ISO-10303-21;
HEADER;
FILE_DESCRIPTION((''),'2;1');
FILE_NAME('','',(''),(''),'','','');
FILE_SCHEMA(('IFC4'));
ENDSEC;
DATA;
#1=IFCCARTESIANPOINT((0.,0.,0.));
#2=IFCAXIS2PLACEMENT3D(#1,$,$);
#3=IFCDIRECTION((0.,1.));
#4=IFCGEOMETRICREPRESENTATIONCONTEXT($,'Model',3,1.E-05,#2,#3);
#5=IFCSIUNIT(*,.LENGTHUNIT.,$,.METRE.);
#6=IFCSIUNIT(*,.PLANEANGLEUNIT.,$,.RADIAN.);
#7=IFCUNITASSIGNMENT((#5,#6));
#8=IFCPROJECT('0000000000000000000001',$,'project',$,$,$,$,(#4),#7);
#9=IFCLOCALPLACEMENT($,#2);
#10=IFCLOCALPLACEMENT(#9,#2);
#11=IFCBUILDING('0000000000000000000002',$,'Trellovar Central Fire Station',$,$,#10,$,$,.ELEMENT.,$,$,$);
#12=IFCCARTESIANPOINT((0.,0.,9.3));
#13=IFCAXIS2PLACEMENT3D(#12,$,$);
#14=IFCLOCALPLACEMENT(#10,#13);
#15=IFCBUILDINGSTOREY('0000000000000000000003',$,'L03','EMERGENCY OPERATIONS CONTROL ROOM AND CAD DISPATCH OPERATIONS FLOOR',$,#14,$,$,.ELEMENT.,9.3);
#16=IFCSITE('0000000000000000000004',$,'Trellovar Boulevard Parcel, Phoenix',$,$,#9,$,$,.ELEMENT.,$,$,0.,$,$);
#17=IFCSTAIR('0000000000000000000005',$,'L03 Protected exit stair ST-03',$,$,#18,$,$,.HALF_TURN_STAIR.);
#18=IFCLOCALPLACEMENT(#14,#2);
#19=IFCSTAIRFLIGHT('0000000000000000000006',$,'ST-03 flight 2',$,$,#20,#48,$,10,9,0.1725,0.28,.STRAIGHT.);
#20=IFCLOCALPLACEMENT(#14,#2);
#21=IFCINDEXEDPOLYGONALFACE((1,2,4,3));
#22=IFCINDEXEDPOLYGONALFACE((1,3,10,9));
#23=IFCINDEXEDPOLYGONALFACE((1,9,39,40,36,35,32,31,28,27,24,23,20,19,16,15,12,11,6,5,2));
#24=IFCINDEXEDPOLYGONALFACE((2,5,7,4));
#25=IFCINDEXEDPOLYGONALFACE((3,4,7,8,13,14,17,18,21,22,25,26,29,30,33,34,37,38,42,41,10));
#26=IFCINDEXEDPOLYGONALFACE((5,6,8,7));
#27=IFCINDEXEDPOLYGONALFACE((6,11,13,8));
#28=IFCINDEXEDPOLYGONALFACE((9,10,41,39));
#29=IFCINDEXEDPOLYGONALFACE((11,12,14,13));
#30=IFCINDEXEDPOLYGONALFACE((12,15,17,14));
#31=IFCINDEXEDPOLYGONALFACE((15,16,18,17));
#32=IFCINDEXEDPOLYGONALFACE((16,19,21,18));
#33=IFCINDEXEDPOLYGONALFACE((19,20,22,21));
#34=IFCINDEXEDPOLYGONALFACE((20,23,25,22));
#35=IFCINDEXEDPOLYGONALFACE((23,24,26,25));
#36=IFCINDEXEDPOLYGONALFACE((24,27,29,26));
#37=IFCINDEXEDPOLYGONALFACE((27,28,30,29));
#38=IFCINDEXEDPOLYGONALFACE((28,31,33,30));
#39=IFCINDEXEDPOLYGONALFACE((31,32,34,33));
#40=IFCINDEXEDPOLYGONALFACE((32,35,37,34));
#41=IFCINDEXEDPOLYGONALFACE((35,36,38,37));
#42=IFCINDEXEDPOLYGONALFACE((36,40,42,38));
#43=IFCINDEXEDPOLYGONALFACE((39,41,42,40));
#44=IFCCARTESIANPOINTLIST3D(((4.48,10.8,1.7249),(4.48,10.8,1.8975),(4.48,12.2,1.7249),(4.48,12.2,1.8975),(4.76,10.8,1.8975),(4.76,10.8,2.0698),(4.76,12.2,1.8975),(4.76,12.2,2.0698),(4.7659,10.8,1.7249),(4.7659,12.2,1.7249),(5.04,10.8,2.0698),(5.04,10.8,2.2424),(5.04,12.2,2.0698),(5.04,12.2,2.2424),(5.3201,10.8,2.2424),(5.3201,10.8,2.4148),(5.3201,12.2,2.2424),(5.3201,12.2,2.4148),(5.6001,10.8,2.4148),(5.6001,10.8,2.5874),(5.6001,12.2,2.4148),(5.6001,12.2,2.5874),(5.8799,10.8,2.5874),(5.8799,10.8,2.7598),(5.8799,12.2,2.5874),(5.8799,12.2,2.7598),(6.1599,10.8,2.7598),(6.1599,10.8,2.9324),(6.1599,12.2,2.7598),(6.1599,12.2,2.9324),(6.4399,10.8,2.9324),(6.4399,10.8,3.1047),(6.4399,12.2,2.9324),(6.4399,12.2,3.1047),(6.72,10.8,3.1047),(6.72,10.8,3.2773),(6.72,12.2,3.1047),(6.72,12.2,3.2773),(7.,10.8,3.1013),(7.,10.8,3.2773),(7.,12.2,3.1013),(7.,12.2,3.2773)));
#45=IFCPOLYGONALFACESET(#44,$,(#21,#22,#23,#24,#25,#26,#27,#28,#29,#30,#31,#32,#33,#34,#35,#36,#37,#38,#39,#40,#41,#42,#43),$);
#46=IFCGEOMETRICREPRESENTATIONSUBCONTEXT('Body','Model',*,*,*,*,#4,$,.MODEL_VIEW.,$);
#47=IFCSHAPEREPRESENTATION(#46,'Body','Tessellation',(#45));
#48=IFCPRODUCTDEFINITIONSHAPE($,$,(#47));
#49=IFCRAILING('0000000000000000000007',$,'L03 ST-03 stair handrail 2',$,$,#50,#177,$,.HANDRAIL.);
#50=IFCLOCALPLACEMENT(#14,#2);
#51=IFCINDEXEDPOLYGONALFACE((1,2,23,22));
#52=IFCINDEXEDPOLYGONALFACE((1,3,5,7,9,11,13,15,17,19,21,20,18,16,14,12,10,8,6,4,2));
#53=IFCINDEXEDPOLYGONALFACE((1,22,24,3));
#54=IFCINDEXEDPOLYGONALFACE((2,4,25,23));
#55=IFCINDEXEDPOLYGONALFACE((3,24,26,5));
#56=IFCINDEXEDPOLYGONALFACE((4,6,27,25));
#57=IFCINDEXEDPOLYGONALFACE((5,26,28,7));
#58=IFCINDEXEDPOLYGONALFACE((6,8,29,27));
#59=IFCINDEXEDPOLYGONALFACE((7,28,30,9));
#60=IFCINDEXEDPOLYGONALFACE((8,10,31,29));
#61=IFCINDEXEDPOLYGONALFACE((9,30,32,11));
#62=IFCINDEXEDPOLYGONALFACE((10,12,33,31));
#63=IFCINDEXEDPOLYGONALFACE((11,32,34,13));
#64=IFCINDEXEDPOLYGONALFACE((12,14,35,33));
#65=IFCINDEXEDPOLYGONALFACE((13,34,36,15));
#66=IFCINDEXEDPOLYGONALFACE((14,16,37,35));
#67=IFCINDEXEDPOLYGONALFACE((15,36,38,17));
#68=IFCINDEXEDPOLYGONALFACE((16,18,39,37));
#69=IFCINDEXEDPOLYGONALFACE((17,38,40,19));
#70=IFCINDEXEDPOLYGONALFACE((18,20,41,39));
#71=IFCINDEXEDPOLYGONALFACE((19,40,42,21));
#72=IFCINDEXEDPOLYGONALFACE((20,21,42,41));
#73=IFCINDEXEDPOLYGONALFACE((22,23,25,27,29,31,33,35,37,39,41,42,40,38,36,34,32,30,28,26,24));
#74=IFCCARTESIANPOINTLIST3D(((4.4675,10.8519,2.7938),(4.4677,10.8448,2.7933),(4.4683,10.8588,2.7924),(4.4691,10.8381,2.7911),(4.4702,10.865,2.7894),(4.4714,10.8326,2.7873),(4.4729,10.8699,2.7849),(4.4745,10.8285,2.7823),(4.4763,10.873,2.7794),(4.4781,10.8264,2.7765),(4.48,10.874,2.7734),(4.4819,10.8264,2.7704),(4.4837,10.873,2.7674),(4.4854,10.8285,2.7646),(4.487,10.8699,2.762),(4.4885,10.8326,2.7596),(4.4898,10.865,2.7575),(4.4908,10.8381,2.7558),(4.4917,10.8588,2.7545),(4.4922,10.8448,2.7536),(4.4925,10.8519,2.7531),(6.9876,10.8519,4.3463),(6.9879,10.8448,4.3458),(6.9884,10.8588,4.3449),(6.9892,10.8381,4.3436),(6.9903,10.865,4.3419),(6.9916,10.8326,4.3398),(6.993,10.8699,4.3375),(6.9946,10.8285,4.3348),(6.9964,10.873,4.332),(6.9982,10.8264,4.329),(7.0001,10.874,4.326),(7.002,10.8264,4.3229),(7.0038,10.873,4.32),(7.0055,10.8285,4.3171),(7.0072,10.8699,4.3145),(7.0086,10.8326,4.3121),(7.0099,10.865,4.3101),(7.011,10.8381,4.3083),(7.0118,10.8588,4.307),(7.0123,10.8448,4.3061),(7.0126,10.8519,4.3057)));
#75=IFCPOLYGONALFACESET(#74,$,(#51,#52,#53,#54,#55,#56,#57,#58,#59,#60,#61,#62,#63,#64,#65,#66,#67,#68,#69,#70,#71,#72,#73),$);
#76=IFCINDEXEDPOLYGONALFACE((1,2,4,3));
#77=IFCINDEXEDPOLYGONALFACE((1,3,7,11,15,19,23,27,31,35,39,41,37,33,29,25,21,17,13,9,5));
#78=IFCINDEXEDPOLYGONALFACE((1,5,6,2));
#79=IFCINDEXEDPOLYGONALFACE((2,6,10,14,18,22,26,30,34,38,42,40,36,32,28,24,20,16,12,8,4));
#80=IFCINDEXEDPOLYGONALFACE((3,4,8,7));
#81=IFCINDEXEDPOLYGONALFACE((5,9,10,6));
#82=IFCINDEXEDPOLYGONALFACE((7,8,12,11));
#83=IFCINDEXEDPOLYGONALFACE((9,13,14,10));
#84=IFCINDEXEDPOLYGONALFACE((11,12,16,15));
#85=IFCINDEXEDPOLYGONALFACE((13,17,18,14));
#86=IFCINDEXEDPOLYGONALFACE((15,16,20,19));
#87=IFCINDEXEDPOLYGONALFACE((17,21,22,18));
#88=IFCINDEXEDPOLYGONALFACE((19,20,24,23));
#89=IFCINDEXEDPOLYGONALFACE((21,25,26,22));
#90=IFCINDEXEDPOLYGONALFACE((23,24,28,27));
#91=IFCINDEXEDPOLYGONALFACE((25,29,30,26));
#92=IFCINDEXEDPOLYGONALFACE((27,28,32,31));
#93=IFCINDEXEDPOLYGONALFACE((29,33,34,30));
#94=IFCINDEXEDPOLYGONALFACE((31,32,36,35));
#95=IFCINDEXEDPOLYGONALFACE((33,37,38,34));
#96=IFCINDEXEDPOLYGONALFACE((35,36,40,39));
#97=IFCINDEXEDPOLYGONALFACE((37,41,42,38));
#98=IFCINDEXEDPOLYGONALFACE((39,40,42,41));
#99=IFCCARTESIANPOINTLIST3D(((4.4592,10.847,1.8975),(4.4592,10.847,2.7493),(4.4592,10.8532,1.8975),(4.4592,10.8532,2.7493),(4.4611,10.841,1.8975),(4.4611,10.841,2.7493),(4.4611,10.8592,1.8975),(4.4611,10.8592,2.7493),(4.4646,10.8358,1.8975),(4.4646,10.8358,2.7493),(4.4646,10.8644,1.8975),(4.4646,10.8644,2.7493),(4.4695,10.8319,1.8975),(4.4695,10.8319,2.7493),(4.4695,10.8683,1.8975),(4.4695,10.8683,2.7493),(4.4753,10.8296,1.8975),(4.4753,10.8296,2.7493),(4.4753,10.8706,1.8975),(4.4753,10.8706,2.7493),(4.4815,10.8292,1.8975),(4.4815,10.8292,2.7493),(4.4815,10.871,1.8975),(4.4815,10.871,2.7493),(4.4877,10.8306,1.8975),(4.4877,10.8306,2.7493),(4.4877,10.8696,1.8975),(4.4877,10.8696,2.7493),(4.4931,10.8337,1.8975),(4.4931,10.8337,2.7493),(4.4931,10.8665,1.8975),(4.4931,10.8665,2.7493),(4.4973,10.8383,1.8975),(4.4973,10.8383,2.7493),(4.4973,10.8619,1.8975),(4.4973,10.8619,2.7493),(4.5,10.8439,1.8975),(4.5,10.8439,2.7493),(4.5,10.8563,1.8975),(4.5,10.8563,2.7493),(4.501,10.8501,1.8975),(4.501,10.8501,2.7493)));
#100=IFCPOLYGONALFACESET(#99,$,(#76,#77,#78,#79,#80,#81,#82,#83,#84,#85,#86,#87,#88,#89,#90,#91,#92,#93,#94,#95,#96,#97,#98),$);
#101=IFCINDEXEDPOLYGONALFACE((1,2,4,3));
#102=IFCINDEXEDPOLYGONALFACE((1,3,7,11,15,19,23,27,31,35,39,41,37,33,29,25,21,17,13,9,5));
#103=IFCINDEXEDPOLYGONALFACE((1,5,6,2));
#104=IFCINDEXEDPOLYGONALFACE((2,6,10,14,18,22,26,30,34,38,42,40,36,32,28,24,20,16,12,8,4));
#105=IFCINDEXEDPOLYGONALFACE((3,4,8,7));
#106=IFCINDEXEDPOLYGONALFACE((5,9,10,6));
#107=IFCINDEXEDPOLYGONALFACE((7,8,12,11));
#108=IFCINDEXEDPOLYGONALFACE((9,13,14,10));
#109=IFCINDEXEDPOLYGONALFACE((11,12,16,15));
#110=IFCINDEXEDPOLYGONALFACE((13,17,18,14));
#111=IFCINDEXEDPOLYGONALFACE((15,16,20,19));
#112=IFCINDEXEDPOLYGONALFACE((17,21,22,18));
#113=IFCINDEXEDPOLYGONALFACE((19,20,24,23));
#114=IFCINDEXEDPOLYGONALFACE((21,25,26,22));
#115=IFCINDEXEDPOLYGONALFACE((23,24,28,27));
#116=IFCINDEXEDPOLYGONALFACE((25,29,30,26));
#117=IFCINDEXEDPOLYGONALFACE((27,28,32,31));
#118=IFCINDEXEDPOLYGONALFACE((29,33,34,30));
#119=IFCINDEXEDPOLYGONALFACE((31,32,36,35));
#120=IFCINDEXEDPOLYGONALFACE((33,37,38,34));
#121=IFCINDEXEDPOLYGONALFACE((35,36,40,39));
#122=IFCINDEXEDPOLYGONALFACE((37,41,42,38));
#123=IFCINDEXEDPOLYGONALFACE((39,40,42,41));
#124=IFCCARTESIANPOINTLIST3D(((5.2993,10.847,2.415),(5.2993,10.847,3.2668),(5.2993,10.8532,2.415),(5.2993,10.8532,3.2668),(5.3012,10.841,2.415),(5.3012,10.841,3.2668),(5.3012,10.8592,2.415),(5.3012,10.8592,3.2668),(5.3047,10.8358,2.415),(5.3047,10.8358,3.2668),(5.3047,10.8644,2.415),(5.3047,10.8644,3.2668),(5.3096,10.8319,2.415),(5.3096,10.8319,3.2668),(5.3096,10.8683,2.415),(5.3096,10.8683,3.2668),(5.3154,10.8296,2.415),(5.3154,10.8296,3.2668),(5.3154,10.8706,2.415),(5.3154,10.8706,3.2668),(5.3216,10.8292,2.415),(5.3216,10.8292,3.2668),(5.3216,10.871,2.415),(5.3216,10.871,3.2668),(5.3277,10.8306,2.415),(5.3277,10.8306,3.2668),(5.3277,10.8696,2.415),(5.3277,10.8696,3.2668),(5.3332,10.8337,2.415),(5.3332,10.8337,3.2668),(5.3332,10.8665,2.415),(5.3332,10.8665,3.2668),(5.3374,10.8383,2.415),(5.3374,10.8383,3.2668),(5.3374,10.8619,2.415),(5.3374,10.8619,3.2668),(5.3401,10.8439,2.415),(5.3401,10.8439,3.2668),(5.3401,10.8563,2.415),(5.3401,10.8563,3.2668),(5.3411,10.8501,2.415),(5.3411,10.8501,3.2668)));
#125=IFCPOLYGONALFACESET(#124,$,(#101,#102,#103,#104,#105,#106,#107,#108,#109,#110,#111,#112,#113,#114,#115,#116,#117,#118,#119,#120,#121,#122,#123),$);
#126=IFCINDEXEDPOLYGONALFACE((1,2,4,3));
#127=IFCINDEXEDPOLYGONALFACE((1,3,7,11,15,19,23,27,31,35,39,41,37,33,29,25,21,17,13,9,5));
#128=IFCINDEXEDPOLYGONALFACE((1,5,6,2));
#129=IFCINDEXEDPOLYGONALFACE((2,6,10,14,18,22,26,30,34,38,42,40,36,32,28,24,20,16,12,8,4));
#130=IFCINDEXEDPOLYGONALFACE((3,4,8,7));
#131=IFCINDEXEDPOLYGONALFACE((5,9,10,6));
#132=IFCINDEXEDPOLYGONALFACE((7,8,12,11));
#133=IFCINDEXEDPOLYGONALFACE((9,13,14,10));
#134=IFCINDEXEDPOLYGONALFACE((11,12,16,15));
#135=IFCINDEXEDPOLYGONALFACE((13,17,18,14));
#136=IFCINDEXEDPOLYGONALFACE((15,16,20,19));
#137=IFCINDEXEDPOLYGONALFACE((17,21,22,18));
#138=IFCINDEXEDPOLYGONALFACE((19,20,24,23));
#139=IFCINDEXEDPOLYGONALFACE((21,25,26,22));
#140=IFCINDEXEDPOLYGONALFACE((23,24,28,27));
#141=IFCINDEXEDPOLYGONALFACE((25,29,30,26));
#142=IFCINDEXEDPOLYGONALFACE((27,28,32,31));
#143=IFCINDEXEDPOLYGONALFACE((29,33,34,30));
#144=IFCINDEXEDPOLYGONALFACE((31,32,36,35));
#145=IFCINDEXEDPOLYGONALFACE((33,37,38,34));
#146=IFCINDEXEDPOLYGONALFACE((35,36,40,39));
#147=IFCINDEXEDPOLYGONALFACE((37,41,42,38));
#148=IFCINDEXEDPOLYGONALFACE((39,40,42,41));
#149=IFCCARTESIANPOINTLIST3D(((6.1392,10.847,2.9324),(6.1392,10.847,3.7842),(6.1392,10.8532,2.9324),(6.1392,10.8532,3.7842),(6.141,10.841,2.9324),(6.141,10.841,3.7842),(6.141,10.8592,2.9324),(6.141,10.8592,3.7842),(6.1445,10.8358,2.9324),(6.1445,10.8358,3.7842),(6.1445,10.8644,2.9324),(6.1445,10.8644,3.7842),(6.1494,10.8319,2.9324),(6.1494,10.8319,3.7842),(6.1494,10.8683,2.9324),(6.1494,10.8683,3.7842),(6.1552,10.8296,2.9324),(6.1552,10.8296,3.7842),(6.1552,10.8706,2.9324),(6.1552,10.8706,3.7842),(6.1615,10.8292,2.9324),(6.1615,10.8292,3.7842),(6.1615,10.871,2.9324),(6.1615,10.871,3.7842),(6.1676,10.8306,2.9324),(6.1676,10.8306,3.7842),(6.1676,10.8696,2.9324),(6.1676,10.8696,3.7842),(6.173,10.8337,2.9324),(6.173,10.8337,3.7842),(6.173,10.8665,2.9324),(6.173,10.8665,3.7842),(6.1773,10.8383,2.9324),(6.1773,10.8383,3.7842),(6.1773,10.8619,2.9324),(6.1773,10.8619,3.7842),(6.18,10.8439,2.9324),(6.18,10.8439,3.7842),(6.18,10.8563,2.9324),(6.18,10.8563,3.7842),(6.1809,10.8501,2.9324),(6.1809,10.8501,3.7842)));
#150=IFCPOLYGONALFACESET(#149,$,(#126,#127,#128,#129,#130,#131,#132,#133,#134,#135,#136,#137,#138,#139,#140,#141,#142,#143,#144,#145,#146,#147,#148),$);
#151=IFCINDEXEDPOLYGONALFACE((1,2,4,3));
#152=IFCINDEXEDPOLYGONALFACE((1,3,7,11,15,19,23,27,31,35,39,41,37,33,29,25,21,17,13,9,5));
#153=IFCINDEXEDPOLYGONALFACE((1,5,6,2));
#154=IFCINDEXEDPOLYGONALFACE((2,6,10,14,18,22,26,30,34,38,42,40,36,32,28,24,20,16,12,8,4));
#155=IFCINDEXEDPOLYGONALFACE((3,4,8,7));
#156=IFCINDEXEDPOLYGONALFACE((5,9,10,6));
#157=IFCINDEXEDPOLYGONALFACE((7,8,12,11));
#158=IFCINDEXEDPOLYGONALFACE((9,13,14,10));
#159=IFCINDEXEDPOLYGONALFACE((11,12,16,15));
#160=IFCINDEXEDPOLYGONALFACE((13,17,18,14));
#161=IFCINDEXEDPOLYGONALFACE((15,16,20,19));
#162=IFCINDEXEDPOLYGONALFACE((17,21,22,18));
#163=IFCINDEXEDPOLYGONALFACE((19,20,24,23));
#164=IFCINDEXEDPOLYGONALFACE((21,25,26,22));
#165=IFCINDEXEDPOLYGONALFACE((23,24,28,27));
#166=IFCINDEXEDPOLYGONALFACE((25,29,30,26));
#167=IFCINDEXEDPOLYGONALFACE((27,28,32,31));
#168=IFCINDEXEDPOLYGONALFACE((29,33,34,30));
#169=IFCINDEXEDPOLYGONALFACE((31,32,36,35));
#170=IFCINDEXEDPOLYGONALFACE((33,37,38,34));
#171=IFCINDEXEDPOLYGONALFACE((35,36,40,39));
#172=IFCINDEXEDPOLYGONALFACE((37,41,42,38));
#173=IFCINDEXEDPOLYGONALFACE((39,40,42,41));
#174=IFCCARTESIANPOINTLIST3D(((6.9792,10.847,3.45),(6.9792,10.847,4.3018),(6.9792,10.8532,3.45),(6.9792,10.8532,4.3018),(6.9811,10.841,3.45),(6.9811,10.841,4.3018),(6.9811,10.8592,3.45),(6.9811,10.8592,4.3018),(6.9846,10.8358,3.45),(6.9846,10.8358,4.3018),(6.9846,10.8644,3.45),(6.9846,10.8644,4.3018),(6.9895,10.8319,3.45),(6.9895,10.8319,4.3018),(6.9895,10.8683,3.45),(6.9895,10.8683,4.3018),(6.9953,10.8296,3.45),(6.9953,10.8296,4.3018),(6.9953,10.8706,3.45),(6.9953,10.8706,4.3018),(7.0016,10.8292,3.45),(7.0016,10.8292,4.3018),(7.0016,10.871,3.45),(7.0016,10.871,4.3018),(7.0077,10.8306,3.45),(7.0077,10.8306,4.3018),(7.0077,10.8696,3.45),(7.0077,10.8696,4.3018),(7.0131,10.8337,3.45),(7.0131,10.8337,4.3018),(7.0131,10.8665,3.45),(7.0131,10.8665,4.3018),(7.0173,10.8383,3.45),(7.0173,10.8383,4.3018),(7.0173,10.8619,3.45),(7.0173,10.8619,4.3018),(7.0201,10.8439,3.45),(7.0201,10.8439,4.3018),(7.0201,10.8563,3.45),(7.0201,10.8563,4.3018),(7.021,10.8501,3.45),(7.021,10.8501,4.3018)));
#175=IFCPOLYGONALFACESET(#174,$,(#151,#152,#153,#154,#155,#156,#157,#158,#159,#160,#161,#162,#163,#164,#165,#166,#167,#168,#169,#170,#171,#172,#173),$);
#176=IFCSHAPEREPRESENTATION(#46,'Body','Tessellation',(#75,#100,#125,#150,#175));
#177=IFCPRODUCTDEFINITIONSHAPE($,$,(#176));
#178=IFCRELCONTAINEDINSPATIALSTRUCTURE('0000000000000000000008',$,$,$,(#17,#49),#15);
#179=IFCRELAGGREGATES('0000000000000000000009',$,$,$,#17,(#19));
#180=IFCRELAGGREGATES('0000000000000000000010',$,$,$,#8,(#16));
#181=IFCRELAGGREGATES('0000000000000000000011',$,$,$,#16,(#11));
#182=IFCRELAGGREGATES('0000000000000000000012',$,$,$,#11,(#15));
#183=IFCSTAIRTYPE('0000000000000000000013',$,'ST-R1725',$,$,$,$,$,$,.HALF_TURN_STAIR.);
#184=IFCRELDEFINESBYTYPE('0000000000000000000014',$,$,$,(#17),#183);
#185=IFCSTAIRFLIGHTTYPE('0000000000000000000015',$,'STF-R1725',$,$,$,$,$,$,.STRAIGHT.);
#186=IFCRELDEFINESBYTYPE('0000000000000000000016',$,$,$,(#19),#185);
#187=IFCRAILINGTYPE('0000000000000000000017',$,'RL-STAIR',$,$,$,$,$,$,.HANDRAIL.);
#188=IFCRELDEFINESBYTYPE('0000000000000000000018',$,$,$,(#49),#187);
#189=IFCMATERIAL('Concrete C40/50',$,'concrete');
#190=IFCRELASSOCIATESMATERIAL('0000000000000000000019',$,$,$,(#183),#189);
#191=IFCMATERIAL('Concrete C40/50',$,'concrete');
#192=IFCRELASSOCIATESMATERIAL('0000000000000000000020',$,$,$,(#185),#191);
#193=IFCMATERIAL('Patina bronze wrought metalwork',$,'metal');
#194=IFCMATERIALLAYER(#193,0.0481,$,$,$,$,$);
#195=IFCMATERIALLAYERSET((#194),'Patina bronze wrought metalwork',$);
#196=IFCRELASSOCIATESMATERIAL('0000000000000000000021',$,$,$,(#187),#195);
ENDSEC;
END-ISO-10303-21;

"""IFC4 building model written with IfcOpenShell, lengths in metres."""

from ifc_helpers import new_model, si_unit, direction, frame, origin, origin_2d, place, context, subcontext, project, spatial, polyline, circle, outline, extrude, material, layer, layer_set, type_object, element, aggregate, save


model = new_model("IFC4")

# Units and contexts
model_context = context("Model", 3, precision=1e-05, world=origin(), true_north=direction((0.0, 1.0)))
body_context = subcontext(model_context, "Body", "Model", "MODEL_VIEW")
ifc_project = project(units=[si_unit("LENGTHUNIT", "METRE"), si_unit("PLANEANGLEUNIT", "RADIAN")], contexts=[model_context])

# Site, building, storey
site_placement = place(None, origin())
site = spatial("IfcSite", under=ifc_project, at=site_placement, Name="Trellovar Boulevard Parcel, Phoenix", CompositionType="ELEMENT", RefElevation=0.0)
building_placement = place(site_placement, origin())
building = spatial("IfcBuilding", under=site, at=building_placement, Name="Trellovar Central Fire Station", CompositionType="ELEMENT")
storey_placement = place(building_placement, frame((0.0, 0.0, 9.3)))
storey = spatial("IfcBuildingStorey", under=building, at=storey_placement, Name="L03", Description="EMERGENCY OPERATIONS CONTROL ROOM AND CAD DISPATCH OPERATIONS FLOOR", CompositionType="ELEMENT", Elevation=9.3)

# Stair, stair flight
ifc_material_1 = material(Name="Concrete C40/50", Category="concrete")
stair_type = type_object("IfcStairType", Name="ST-R1725", PredefinedType="HALF_TURN_STAIR", material=ifc_material_1)
stair_placement = place(storey_placement, origin())
stair = element("IfcStair", 1, at=stair_placement, inside=storey, type_object=stair_type, Name="L03 Protected exit stair ST-03", PredefinedType="HALF_TURN_STAIR")
ifc_material_2 = material(Name="Concrete C40/50", Category="concrete")
stair_flight_type = type_object("IfcStairFlightType", Name="STF-R1725", PredefinedType="STRAIGHT", material=ifc_material_2)
stair_flight_1_placement = place(storey_placement, frame((4.48, 11.5, 1.7249), z_axis=(0.0, 0.0, 1.0), x_axis=(1.0, 0.0, 0.0)))
stair_flight_1 = element("IfcStairFlight", 2, at=stair_flight_1_placement, type_object=stair_flight_type, Name="ST-03 flight 2", NumberOfRisers=10, NumberOfTreads=9, PredefinedType="STRAIGHT", RiserHeight=0.1725, TreadLength=0.28, context=body_context, shape_type="SweptSolid", body=[
    extrude(outline(polyline([(0.0, 0.0), (0.0, 0.1726), (0.28, 0.1726), (0.28, 0.345), (0.5601, 0.345), (0.5601, 0.5176), (0.8401, 0.5176), (0.8401, 0.6899), (1.1201, 0.6899), (1.1201, 0.8625), (1.3999, 0.8625), (1.3999, 1.0349), (1.6799, 1.0349), (1.6799, 1.2075), (1.96, 1.2075), (1.96, 1.3799), (2.24, 1.3799), (2.24, 1.5525), (2.52, 1.5525), (2.52, 1.7251), (2.52, 1.3765), (0.2859, 0.0), (0.0, 0.0)])), frame((0.0, 0.7, 0.0), z_axis=(0.0, -1.0, 0.0), x_axis=(1.0, 0.0, 0.0)), (0.0, 0.0, 1.0), 1.3999),
])
aggregate(stair, [stair_flight_1])

# Railing
ifc_material_3 = material(Name="Patina bronze wrought metalwork", Category="metal")
ifc_layer_1 = layer(ifc_material_3, 0.0481)
ifc_layer_set_1 = layer_set([ifc_layer_1], Name="Patina bronze wrought metalwork")
railing_type_1 = type_object("IfcRailingType", Name="RL-STAIR", PredefinedType="HANDRAIL", material=ifc_layer_set_1)
railing_1_placement = place(storey_placement, frame((4.48, 10.8501, 1.8975)))
element("IfcRailing", 3, at=railing_1_placement, inside=storey, type_object=railing_type_1, Name="L03 ST-03 stair handrail 2", PredefinedType="HANDRAIL", context=body_context, shape_type="SweptSolid", body=[
    extrude(circle(Radius=0.0239, at=origin_2d()), frame((0.0, 0.0, 0.876), z_axis=(0.8514, 0.0, 0.524516), x_axis=(0.0, 1.0, 0.0)), (0.0, 0.0, 1.0), 2.96),
    extrude(circle(Radius=0.021, at=origin_2d()), origin(), (0.0, 0.0, 1.0), 0.8518),
    extrude(circle(Radius=0.021, at=origin_2d()), frame((0.8401, 0.0, 0.5176)), (0.0, 0.0, 1.0), 0.8518),
    extrude(circle(Radius=0.021, at=origin_2d()), frame((1.6799, 0.0, 1.0349)), (0.0, 0.0, 1.0), 0.8518),
    extrude(circle(Radius=0.021, at=origin_2d()), frame((2.52, 0.0, 1.5525)), (0.0, 0.0, 1.0), 0.8518),
])

save(model, "model.ifc")
